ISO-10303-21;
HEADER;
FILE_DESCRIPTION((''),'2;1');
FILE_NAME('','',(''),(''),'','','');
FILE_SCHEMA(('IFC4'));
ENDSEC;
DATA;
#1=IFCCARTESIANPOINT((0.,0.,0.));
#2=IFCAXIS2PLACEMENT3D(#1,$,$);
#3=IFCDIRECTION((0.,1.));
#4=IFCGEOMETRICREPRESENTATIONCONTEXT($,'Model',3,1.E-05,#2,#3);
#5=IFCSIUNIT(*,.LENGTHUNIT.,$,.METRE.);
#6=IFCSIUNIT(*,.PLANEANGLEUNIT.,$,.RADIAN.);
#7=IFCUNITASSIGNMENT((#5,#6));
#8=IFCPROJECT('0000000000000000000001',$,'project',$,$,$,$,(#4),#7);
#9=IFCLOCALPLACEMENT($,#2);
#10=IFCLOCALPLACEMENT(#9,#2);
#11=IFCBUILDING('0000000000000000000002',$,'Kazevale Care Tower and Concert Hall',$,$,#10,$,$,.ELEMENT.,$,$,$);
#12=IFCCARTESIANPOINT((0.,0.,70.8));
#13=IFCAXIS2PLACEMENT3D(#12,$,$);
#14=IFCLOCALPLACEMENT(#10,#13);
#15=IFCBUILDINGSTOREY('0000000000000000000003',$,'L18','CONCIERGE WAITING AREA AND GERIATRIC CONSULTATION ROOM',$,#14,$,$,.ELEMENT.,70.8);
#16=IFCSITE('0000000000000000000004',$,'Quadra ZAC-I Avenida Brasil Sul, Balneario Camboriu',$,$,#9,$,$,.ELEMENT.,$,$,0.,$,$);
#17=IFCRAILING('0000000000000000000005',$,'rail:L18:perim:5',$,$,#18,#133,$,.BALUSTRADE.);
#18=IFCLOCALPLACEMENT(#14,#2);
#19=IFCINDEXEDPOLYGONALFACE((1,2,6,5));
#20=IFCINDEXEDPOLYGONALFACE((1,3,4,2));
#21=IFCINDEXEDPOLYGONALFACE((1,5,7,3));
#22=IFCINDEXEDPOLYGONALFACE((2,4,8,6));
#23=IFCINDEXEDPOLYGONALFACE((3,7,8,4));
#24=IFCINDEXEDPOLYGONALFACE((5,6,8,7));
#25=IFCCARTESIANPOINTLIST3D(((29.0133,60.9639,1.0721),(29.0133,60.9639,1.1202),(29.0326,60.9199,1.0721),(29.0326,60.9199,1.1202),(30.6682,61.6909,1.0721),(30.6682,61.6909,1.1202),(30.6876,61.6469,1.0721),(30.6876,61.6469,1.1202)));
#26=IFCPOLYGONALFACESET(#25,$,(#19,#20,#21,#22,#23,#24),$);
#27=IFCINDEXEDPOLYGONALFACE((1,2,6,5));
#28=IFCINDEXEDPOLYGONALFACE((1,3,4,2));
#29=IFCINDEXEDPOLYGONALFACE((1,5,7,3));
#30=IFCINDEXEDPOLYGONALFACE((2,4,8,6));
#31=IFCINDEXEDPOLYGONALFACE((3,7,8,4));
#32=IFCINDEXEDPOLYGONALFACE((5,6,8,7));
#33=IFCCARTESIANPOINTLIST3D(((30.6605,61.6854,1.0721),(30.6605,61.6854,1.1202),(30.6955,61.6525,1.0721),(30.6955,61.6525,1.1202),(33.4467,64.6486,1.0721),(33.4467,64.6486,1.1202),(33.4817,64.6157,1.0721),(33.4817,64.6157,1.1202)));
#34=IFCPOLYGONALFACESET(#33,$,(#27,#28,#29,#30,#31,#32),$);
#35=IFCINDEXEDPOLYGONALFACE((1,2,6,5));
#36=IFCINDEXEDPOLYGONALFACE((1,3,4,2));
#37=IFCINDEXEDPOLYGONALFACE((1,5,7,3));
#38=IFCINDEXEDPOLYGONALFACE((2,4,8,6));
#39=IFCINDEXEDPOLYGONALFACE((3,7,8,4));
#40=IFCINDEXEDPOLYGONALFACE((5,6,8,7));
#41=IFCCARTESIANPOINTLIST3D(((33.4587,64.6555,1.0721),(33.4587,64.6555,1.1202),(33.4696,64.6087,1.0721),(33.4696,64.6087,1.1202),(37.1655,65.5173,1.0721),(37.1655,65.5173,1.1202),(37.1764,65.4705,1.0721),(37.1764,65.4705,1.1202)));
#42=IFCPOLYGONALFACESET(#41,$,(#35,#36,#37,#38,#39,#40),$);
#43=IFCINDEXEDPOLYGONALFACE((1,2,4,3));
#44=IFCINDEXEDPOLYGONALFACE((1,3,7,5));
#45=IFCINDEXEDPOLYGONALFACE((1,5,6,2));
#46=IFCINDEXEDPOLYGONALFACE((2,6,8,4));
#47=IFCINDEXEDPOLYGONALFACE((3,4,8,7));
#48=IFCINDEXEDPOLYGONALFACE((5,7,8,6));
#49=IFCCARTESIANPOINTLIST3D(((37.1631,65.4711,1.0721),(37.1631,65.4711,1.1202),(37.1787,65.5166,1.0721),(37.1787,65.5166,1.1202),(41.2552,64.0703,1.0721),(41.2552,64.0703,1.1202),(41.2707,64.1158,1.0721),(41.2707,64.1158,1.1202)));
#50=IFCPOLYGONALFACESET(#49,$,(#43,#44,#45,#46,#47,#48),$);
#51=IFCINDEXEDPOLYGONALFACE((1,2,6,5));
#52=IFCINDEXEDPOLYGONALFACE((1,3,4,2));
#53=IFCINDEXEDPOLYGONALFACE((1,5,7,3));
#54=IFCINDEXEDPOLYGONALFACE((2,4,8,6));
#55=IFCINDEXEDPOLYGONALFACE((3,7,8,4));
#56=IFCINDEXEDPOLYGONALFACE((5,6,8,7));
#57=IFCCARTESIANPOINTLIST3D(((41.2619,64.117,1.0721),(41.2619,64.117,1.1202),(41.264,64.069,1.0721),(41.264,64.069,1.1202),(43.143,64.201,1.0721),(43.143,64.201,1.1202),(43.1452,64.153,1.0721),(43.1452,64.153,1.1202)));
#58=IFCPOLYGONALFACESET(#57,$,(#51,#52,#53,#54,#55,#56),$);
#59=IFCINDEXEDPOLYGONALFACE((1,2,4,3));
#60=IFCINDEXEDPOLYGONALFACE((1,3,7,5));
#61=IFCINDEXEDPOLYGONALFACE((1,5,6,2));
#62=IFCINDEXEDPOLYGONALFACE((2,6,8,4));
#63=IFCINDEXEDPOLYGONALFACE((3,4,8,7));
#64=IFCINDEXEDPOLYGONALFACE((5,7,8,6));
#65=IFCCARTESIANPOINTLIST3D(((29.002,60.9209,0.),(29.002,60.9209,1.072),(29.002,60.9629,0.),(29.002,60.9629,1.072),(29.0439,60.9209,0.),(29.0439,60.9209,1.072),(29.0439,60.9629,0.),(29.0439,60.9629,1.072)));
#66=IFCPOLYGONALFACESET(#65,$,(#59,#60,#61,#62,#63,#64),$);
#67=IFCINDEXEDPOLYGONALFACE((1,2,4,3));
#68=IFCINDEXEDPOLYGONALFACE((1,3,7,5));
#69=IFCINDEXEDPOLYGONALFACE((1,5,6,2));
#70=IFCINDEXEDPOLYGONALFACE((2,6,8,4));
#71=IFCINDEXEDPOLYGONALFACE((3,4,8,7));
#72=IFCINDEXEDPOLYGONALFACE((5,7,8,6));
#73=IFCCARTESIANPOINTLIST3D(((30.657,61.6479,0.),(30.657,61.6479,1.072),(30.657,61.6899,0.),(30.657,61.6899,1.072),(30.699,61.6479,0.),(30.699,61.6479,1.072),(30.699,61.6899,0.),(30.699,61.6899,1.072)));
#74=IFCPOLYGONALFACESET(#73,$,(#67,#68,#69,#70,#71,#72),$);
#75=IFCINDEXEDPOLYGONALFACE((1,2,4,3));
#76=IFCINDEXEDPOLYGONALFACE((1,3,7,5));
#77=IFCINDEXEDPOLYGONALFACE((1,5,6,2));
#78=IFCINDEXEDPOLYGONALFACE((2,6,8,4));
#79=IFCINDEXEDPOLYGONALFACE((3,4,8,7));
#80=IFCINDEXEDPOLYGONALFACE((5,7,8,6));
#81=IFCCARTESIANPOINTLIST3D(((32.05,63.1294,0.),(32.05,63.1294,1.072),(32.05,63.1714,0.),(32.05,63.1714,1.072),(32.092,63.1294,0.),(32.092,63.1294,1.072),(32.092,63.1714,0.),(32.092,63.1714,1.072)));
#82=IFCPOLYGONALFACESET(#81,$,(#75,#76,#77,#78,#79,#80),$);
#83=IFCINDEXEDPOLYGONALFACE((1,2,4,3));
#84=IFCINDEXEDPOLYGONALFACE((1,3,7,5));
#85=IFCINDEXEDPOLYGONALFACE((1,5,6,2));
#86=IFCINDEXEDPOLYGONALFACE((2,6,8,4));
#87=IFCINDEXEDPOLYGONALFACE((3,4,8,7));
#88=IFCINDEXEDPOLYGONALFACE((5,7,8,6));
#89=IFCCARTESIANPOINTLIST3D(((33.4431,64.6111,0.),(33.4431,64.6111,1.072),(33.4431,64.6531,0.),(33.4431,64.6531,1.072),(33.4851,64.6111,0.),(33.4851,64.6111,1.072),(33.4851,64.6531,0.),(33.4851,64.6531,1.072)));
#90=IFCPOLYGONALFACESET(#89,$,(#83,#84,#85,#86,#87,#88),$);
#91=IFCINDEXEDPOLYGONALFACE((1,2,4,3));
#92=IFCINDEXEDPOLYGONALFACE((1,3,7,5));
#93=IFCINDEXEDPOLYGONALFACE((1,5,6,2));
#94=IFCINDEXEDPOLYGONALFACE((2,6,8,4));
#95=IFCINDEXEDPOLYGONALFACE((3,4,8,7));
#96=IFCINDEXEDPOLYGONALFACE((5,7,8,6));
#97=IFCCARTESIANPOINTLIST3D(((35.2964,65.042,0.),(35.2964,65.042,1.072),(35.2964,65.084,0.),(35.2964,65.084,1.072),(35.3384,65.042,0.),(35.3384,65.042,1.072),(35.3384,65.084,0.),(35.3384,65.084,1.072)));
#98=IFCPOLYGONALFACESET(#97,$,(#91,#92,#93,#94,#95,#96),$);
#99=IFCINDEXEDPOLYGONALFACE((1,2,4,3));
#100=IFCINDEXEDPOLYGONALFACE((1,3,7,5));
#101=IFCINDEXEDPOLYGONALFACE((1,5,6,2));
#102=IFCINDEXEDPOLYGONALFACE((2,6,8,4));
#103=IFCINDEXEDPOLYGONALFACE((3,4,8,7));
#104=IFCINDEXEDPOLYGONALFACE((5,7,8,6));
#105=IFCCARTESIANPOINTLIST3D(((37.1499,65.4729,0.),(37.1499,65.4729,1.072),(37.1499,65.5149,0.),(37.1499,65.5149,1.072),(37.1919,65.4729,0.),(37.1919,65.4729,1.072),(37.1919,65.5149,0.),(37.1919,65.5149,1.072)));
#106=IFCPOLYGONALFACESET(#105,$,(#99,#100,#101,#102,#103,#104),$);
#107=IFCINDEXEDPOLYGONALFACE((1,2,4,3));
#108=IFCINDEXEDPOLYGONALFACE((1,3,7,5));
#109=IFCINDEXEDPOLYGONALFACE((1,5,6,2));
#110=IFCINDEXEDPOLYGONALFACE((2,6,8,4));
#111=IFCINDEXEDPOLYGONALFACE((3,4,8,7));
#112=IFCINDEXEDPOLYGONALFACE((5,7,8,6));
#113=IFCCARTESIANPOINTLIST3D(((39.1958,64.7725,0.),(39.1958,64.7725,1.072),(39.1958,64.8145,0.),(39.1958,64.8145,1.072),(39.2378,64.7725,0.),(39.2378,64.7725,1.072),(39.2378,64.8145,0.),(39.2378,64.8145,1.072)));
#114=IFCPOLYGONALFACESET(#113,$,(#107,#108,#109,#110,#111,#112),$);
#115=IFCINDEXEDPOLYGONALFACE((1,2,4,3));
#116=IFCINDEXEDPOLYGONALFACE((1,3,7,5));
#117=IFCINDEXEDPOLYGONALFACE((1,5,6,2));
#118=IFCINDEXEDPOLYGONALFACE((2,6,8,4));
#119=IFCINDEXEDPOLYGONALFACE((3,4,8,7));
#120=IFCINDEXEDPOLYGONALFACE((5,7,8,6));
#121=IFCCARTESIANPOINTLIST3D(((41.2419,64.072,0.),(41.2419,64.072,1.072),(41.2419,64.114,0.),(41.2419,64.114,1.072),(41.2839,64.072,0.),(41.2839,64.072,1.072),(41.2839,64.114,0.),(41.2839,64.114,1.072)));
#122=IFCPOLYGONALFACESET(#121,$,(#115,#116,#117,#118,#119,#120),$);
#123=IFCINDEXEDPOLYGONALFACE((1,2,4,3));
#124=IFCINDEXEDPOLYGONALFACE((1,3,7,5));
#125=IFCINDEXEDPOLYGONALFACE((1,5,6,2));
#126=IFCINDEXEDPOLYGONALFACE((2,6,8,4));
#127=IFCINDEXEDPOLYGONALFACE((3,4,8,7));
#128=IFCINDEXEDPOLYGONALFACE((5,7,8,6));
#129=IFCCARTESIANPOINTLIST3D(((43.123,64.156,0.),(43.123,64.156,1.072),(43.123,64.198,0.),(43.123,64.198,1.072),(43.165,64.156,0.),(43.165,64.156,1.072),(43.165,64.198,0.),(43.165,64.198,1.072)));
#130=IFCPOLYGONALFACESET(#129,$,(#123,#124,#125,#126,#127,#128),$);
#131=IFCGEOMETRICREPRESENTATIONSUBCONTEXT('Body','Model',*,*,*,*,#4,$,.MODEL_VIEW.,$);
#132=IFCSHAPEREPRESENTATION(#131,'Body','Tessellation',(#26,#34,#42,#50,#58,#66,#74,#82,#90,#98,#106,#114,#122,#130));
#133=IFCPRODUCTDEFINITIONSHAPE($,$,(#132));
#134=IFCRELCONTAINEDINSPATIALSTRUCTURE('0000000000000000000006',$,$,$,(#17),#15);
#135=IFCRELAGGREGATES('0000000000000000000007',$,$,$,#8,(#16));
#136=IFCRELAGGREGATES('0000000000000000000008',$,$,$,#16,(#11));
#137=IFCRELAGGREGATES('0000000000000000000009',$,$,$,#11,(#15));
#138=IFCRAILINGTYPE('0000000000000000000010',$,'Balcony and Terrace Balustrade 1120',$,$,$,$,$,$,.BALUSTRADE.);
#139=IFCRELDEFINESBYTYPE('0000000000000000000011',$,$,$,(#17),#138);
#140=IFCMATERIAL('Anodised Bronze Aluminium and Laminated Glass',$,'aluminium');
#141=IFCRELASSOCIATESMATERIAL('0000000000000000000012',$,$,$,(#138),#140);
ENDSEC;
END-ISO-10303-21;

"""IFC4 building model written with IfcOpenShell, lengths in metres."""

from ifc_helpers import new_model, si_unit, direction, frame, origin, origin_2d, place, context, subcontext, project, spatial, rectangle, extrude, material, type_object, element, save


model = new_model("IFC4")

# Units and contexts
model_context = context("Model", 3, precision=1e-05, world=origin(), true_north=direction((0.0, 1.0)))
body_context = subcontext(model_context, "Body", "Model", "MODEL_VIEW")
ifc_project = project(units=[si_unit("LENGTHUNIT", "METRE"), si_unit("PLANEANGLEUNIT", "RADIAN")], contexts=[model_context])

# Site, building, storey
site_placement = place(None, origin())
site = spatial("IfcSite", under=ifc_project, at=site_placement, Name="Quadra ZAC-I Avenida Brasil Sul, Balneario Camboriu", CompositionType="ELEMENT", RefElevation=0.0)
building_placement = place(site_placement, origin())
building = spatial("IfcBuilding", under=site, at=building_placement, Name="Kazevale Care Tower and Concert Hall", CompositionType="ELEMENT")
storey_placement = place(building_placement, frame((0.0, 0.0, 70.8)))
storey = spatial("IfcBuildingStorey", under=building, at=storey_placement, Name="L18", Description="CONCIERGE WAITING AREA AND GERIATRIC CONSULTATION ROOM", CompositionType="ELEMENT", Elevation=70.8)

# Railing
ifc_material_1 = material(Name="Anodised Bronze Aluminium and Laminated Glass", Category="aluminium")
railing_type = type_object("IfcRailingType", Name="Balcony and Terrace Balustrade 1120", PredefinedType="BALUSTRADE", material=ifc_material_1)
railing_1_placement = place(storey_placement, frame((29.0229, 60.9419, 0.0)))
element("IfcRailing", 1, at=railing_1_placement, inside=storey, type_object=railing_type, Name="rail:L18:perim:5", PredefinedType="BALUSTRADE", context=body_context, shape_type="SweptSolid", body=[
    extrude(rectangle(XDim=0.0481, YDim=0.0481, at=origin_2d()), frame((0.0, 0.0, 1.0962), z_axis=(0.915552, 0.4022, 0.0), x_axis=(-0.4022, 0.915552, 0.0)), (0.0, 0.0, 1.0), 1.8076),
    extrude(rectangle(XDim=0.0481, YDim=0.0481, at=origin_2d()), frame((1.655, 0.7271, 1.0962), z_axis=(0.685013, 0.728531, 0.0), x_axis=(-0.728531, 0.685013, 0.0)), (0.0, 0.0, 1.0), 4.0674),
    extrude(rectangle(XDim=0.0481, YDim=0.0481, at=origin_2d()), frame((4.4412, 3.6902, 1.0962), z_axis=(0.974021, 0.226457, 0.0), x_axis=(-0.226457, 0.974021, 0.0)), (0.0, 0.0, 1.0), 3.8057),
    extrude(rectangle(XDim=0.0481, YDim=0.0481, at=origin_2d()), frame((8.1479, 4.552, 1.0962), z_axis=(0.946095, -0.323888, 0.0), x_axis=(0.323888, 0.946095, 0.0)), (0.0, 0.0, 1.0), 4.3252),
    extrude(rectangle(XDim=0.0481, YDim=0.0481, at=origin_2d()), frame((12.24, 3.1511, 1.0962), z_axis=(0.999005, 0.044602, 0.0), x_axis=(-0.044602, 0.999005, 0.0)), (0.0, 0.0, 1.0), 1.8831),
    extrude(rectangle(XDim=0.042, YDim=0.042, at=origin_2d()), origin(), (0.0, 0.0, 1.0), 1.072),
    extrude(rectangle(XDim=0.042, YDim=0.042, at=origin_2d()), frame((1.655, 0.7271, 0.0)), (0.0, 0.0, 1.0), 1.072),
    extrude(rectangle(XDim=0.042, YDim=0.042, at=origin_2d()), frame((3.0481, 2.2085, 0.0)), (0.0, 0.0, 1.0), 1.072),
    extrude(rectangle(XDim=0.042, YDim=0.042, at=origin_2d()), frame((4.4412, 3.6902, 0.0)), (0.0, 0.0, 1.0), 1.072),
    extrude(rectangle(XDim=0.042, YDim=0.042, at=origin_2d()), frame((6.2944, 4.1211, 0.0)), (0.0, 0.0, 1.0), 1.072),
    extrude(rectangle(XDim=0.042, YDim=0.042, at=origin_2d()), frame((8.1479, 4.552, 0.0)), (0.0, 0.0, 1.0), 1.072),
    extrude(rectangle(XDim=0.042, YDim=0.042, at=origin_2d()), frame((10.1938, 3.8516, 0.0)), (0.0, 0.0, 1.0), 1.072),
    extrude(rectangle(XDim=0.042, YDim=0.042, at=origin_2d()), frame((12.24, 3.1511, 0.0)), (0.0, 0.0, 1.0), 1.072),
    extrude(rectangle(XDim=0.042, YDim=0.042, at=origin_2d()), frame((14.1211, 3.2351, 0.0)), (0.0, 0.0, 1.0), 1.072),
])

save(model, "model.ifc")
